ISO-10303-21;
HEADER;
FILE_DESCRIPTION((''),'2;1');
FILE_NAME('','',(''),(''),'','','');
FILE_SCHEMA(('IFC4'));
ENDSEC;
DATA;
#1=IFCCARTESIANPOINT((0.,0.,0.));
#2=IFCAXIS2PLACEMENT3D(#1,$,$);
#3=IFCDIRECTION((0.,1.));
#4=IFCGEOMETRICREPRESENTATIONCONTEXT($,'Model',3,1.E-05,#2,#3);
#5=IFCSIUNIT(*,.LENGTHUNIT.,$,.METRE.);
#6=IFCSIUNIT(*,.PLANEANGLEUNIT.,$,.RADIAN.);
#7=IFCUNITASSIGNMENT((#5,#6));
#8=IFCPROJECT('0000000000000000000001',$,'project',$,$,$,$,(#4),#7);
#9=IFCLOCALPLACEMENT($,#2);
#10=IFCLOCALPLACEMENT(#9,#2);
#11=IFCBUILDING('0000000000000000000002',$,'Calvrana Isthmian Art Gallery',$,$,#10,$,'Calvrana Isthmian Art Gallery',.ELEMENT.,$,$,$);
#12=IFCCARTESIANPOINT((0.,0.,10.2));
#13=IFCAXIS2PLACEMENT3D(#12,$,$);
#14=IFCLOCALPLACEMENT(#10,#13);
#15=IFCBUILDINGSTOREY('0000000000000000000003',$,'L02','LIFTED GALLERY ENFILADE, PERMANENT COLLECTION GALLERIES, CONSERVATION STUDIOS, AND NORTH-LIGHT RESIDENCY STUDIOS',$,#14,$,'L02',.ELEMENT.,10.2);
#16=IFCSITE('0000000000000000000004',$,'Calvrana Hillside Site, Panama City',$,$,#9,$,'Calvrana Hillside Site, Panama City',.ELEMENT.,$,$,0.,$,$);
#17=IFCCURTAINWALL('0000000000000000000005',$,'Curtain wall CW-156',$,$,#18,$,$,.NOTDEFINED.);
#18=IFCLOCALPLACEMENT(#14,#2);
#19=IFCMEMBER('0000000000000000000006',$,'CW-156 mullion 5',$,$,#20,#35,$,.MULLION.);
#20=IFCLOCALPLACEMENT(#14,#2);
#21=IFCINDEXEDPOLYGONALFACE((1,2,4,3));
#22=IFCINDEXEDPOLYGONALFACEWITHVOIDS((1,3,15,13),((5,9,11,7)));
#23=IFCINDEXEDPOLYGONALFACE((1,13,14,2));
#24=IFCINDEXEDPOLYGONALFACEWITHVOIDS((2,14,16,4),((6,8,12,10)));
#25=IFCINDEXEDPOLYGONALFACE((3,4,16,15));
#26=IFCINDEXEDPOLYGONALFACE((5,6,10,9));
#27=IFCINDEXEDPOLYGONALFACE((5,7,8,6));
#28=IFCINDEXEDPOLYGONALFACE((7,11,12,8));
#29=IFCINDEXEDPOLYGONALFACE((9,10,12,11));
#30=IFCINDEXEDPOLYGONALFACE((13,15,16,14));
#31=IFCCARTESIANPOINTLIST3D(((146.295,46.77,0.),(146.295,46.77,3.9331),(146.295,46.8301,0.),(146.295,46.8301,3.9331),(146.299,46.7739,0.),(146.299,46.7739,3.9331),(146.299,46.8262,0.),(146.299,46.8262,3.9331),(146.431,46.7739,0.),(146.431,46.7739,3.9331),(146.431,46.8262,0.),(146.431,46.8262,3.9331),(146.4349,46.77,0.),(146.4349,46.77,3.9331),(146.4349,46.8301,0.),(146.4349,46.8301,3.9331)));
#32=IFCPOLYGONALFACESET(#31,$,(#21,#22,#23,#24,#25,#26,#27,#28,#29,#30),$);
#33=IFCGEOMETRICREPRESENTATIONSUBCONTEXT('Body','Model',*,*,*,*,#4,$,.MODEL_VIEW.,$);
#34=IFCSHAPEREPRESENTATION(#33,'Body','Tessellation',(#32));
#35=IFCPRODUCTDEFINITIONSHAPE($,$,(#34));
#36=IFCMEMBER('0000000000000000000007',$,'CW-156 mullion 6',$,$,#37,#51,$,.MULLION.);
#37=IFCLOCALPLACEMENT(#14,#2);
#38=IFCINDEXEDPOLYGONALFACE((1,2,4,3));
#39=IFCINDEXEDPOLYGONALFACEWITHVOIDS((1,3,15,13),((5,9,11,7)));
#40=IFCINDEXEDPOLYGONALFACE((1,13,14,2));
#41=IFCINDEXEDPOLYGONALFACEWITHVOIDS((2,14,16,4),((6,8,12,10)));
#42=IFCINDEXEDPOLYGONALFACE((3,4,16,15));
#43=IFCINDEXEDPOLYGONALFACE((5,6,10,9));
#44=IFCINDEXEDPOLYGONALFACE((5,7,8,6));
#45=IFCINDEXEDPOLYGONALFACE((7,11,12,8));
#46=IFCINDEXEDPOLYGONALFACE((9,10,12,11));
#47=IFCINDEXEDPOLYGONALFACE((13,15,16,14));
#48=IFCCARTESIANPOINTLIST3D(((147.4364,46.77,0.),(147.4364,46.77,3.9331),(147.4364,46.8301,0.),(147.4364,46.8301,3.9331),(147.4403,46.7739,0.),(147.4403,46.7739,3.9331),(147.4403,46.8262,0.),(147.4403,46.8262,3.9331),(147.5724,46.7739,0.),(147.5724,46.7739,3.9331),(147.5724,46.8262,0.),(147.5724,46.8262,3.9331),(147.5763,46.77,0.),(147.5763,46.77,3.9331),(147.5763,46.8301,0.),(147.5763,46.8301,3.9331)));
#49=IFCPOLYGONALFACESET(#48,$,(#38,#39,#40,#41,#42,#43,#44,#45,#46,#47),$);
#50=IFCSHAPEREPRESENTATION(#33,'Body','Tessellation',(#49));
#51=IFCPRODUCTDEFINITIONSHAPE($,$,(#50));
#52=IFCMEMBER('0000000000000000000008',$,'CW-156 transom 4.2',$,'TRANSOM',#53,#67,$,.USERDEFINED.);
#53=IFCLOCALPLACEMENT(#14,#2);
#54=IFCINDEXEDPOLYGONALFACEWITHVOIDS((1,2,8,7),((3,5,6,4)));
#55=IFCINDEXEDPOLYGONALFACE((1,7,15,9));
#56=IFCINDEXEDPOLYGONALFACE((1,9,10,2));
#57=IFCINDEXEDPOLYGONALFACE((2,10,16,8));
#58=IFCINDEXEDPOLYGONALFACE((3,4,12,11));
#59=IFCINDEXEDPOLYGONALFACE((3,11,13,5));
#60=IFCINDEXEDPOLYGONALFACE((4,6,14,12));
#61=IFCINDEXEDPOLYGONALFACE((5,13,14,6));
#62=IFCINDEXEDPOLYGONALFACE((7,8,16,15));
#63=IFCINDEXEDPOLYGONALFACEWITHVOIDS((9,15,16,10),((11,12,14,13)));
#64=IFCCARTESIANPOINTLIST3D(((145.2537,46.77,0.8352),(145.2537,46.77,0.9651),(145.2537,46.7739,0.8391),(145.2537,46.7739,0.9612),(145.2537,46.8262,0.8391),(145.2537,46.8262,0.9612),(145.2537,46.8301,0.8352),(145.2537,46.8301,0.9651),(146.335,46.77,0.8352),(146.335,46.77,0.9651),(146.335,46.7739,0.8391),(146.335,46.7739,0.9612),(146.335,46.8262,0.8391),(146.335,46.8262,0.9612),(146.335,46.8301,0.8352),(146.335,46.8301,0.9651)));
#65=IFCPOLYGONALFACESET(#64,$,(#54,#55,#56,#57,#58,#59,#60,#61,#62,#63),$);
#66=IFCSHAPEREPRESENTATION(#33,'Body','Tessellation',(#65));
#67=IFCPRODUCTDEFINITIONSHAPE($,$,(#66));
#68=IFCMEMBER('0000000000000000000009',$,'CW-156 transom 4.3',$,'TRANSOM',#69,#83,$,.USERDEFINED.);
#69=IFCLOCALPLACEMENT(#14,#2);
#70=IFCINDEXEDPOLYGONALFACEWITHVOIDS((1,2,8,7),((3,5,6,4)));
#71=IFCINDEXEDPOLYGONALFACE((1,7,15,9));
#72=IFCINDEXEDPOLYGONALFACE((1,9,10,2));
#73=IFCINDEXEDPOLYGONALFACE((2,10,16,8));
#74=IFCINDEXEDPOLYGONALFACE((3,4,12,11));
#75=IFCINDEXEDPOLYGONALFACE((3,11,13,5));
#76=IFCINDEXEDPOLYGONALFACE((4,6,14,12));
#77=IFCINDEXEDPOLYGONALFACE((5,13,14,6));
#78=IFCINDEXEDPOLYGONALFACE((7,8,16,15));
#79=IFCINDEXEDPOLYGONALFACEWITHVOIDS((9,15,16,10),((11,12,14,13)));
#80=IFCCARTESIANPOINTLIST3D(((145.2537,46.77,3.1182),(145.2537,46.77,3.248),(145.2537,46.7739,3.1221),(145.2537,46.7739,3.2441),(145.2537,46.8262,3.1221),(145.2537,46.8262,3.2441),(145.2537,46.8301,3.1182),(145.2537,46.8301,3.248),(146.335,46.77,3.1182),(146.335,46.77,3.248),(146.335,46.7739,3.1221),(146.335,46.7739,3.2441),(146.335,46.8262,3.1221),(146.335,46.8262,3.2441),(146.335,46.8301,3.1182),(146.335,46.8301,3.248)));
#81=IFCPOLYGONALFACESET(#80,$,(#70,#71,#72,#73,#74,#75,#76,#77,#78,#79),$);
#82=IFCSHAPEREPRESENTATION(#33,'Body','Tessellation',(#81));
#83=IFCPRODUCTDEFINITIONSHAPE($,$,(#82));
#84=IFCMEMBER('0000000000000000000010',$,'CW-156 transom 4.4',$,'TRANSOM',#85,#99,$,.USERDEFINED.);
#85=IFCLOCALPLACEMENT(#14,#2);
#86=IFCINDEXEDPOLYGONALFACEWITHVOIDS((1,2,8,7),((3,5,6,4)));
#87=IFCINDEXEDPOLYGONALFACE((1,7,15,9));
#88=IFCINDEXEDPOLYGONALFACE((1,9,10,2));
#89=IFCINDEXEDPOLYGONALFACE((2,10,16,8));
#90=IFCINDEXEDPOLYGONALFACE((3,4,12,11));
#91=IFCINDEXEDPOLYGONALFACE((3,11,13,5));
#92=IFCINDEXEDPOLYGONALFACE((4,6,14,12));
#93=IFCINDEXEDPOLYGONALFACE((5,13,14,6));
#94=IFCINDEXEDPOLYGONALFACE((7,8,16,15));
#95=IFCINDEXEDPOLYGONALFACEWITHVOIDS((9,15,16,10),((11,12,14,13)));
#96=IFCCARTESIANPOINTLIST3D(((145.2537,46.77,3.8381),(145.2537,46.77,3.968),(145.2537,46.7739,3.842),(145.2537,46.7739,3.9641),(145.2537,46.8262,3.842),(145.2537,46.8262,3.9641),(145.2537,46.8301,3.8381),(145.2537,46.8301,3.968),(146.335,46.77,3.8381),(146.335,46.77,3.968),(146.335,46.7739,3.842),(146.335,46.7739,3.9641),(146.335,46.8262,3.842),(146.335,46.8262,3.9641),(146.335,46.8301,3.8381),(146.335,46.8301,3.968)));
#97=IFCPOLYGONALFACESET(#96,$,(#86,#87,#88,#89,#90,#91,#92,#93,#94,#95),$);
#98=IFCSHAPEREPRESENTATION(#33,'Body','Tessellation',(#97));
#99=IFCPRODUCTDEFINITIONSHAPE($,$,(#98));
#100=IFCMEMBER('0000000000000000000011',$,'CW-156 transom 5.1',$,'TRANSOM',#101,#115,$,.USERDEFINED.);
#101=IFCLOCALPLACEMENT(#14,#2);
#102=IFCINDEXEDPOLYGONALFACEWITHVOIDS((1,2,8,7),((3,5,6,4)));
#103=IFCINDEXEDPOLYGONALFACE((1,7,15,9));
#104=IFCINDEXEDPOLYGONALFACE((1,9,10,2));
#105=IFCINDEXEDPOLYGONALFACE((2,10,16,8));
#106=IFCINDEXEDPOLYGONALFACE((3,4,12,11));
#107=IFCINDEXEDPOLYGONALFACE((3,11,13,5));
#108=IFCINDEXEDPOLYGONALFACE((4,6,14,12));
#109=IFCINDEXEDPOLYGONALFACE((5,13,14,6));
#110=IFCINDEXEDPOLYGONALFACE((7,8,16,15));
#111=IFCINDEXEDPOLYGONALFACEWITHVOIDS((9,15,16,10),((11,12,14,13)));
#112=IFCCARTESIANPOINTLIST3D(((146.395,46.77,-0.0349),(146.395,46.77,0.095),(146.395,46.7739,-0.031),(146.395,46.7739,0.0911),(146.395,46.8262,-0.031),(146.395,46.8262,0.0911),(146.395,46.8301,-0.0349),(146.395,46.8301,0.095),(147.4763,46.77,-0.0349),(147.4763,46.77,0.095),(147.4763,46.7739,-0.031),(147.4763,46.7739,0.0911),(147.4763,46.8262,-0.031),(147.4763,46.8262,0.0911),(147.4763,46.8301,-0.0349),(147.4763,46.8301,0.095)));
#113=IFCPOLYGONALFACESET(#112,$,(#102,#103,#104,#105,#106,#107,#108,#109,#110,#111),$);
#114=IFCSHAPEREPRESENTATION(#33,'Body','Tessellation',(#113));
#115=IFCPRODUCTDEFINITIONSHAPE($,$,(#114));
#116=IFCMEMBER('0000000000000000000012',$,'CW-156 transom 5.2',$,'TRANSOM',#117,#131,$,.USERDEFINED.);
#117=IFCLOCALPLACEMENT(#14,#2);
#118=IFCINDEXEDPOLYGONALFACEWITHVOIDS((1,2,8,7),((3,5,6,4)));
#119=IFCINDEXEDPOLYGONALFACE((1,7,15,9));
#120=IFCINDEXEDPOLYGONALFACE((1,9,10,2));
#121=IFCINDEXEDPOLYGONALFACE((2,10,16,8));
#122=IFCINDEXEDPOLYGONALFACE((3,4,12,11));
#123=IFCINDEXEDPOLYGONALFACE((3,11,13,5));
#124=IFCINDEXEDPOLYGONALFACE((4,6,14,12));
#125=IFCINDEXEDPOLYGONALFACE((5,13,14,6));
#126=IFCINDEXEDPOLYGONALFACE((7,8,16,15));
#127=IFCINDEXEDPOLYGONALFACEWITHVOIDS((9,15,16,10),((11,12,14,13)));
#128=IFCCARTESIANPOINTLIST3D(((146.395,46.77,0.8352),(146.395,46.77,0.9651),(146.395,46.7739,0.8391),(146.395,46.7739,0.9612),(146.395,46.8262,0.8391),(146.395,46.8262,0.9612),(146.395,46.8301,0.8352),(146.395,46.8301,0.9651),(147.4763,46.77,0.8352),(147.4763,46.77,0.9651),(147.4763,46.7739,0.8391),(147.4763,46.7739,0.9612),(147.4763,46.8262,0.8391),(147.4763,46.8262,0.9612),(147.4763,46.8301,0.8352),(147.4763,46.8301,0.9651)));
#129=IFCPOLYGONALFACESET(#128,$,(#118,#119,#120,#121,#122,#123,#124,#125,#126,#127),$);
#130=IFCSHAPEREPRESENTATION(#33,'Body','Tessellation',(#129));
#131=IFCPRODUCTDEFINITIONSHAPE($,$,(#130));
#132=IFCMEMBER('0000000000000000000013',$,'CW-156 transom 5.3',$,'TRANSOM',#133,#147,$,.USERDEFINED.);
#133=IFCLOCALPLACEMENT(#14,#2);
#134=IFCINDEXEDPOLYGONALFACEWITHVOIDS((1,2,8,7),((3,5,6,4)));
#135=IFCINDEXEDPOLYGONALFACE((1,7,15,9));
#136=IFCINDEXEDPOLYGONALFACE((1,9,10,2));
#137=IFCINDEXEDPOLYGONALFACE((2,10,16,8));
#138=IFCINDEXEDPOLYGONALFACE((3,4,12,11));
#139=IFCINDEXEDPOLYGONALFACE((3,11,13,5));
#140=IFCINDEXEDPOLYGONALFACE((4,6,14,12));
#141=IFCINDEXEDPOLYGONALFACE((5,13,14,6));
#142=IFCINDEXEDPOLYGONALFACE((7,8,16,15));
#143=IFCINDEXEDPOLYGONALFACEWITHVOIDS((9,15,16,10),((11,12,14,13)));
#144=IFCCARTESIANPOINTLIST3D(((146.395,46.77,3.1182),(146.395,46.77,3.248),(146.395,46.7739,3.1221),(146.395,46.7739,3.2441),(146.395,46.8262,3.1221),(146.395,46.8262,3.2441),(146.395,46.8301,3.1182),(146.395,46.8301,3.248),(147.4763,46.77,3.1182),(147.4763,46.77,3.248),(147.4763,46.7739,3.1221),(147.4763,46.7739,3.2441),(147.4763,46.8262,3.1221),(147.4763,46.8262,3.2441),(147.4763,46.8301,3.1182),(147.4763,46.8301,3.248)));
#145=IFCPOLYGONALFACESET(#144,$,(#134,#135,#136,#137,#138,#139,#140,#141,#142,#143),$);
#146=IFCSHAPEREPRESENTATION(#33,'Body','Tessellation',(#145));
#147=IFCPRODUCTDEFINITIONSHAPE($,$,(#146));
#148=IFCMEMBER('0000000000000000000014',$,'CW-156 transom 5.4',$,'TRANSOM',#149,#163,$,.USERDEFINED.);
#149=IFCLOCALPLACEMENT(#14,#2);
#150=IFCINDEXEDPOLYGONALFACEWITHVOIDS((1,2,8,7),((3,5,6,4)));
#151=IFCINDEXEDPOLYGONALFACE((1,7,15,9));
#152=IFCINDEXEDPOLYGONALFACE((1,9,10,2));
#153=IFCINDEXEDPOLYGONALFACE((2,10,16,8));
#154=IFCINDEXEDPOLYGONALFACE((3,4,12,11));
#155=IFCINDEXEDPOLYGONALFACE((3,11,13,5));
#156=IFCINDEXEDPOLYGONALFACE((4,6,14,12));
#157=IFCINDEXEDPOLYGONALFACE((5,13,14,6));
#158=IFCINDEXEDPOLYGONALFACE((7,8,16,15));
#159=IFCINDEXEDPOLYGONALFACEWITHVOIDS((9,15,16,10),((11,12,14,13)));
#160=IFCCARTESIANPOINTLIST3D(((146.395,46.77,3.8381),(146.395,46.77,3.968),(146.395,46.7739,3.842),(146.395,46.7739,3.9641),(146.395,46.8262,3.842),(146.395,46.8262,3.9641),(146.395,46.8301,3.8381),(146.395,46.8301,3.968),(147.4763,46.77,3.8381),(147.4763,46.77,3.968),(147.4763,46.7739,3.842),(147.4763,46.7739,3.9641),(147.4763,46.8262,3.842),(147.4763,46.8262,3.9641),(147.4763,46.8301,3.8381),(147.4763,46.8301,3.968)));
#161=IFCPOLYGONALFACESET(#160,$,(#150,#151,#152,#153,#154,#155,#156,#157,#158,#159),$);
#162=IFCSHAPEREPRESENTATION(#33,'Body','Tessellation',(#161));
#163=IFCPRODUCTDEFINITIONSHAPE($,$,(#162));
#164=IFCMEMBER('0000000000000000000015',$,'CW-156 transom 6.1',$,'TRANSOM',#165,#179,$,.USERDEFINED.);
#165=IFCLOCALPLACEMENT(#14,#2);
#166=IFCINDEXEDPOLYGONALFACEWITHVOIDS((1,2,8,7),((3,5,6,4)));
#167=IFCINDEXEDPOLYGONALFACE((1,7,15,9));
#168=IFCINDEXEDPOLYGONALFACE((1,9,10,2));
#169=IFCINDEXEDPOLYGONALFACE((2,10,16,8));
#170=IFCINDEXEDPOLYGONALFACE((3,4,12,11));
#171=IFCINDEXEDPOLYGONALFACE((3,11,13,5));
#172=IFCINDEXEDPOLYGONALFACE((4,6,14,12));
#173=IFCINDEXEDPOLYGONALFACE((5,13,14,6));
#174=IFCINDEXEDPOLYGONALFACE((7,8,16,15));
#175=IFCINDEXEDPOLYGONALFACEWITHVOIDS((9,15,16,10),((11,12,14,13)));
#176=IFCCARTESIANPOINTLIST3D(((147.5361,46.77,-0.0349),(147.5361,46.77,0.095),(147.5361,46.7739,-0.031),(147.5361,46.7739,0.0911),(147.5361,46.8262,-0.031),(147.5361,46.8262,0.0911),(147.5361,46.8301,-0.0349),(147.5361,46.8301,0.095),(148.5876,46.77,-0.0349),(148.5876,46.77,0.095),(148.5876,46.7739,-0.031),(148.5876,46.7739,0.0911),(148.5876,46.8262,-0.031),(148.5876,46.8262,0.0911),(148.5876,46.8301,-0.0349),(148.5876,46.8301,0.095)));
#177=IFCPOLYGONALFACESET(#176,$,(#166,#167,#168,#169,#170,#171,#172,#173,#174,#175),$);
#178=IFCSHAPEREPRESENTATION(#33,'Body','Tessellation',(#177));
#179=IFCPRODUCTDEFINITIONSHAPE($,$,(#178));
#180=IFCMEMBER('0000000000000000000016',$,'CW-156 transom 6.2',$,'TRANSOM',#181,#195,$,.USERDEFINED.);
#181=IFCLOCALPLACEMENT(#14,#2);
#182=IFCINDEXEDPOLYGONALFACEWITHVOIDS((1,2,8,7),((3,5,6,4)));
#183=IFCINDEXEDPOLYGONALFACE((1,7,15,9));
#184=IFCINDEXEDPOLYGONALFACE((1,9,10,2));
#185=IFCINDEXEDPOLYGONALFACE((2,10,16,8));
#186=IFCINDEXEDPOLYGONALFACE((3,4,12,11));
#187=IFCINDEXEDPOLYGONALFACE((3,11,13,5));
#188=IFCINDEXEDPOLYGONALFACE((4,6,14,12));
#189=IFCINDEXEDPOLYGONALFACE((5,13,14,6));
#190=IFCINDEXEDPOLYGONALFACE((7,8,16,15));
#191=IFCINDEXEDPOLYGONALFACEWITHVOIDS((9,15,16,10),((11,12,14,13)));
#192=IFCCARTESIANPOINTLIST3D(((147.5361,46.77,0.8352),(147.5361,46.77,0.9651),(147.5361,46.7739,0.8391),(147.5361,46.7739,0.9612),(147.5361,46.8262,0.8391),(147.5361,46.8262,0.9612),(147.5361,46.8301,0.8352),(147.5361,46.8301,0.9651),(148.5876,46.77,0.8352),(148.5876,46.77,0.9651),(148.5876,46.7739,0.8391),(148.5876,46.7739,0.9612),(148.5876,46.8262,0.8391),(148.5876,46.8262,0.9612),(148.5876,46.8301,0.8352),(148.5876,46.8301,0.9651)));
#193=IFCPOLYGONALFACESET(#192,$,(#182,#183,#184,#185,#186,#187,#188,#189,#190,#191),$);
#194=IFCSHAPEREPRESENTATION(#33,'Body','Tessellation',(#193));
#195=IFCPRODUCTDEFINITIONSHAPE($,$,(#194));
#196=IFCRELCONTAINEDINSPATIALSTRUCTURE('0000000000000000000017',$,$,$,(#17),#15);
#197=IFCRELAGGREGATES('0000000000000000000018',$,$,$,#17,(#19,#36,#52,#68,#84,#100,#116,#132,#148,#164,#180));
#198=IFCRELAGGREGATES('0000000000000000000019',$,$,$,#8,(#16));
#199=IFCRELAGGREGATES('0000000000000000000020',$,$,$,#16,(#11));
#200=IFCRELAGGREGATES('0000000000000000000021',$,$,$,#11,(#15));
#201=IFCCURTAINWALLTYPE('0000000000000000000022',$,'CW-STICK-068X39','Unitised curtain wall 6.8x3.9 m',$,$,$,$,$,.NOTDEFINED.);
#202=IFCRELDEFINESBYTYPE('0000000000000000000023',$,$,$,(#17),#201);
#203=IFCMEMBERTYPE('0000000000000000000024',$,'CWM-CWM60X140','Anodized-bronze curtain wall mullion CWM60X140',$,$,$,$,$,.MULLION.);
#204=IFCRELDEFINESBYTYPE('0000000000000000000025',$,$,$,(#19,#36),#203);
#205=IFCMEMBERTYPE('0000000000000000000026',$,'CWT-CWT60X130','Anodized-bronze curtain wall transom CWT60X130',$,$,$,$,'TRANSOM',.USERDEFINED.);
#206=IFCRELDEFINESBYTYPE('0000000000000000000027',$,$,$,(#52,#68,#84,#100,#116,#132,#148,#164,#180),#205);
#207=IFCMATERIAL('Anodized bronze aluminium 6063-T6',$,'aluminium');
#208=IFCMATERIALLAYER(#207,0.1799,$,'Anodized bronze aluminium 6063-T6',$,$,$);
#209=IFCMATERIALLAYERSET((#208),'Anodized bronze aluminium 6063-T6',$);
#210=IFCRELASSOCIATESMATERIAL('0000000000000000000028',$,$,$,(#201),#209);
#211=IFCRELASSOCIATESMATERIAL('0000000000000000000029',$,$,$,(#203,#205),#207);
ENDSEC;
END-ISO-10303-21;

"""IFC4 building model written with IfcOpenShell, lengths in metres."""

from ifc_helpers import new_model, si_unit, direction, frame, origin, origin_2d, place, context, subcontext, project, spatial, hollow_rectangle, extrude, material, layer, layer_set, material_profile, profile_set, type_object, element, aggregate, save


model = new_model("IFC4")

# Units and contexts
model_context = context("Model", 3, precision=1e-05, world=origin(), true_north=direction((0.0, 1.0)))
body_context = subcontext(model_context, "Body", "Model", "MODEL_VIEW")
ifc_project = project(units=[si_unit("LENGTHUNIT", "METRE"), si_unit("PLANEANGLEUNIT", "RADIAN")], contexts=[model_context])

# Site, building, storey
site_placement = place(None, origin())
site = spatial("IfcSite", under=ifc_project, at=site_placement, Name="Calvrana Hillside Site, Panama City", LongName="Calvrana Hillside Site, Panama City", CompositionType="ELEMENT", RefElevation=0.0)
building_placement = place(site_placement, origin())
building = spatial("IfcBuilding", under=site, at=building_placement, Name="Calvrana Isthmian Art Gallery", LongName="Calvrana Isthmian Art Gallery", CompositionType="ELEMENT")
storey_placement = place(building_placement, frame((0.0, 0.0, 10.2)))
storey = spatial("IfcBuildingStorey", under=building, at=storey_placement, Name="L02", Description="LIFTED GALLERY ENFILADE, PERMANENT COLLECTION GALLERIES, CONSERVATION STUDIOS, AND NORTH-LIGHT RESIDENCY STUDIOS", LongName="L02", CompositionType="ELEMENT", Elevation=10.2)

# Curtain wall, members
ifc_material_1 = material(Name="Anodized bronze aluminium 6063-T6", Category="aluminium")
ifc_layer_1 = layer(ifc_material_1, 0.1799, Name="Anodized bronze aluminium 6063-T6")
ifc_layer_set_1 = layer_set([ifc_layer_1], Name="Anodized bronze aluminium 6063-T6")
curtain_wall_type = type_object("IfcCurtainWallType", Name="CW-STICK-068X39", Description="Unitised curtain wall 6.8x3.9 m", PredefinedType="NOTDEFINED", material=ifc_layer_set_1)
curtain_wall_placement = place(storey_placement, origin())
curtain_wall = element("IfcCurtainWall", 1, at=curtain_wall_placement, inside=storey, type_object=curtain_wall_type, Name="Curtain wall CW-156", PredefinedType="NOTDEFINED")
ifc_material_profile_1 = material_profile(ifc_material_1, hollow_rectangle(XDim=0.0601, YDim=0.1399, WallThickness=0.0039, at=origin_2d()), Name="CWM60X140")
ifc_profile_set_1 = profile_set([ifc_material_profile_1], Name="Anodized bronze aluminium 6063-T6")
member_type_1 = type_object("IfcMemberType", Name="CWM-CWM60X140", Description="Anodized-bronze curtain wall mullion CWM60X140", PredefinedType="MULLION", material=ifc_profile_set_1)
member_1_placement = place(storey_placement, frame((146.365, 46.8, 0.0), z_axis=(0.0, 0.0, 1.0), x_axis=(0.0, 1.0, 0.0)))
member_1 = element("IfcMember", 2, at=member_1_placement, type_object=member_type_1, Name="CW-156 mullion 5", PredefinedType="MULLION", context=body_context, shape_type="SweptSolid", body=[
    extrude(hollow_rectangle(XDim=0.0601, YDim=0.1399, WallThickness=0.0039, at=origin_2d()), origin(), (0.0, 0.0, 1.0), 3.9331),
])
member_2_placement = place(storey_placement, frame((147.5063, 46.8, 0.0), z_axis=(0.0, 0.0, 1.0), x_axis=(0.0, 1.0, 0.0)))
member_2 = element("IfcMember", 3, at=member_2_placement, type_object=member_type_1, Name="CW-156 mullion 6", PredefinedType="MULLION", context=body_context, shape_type="SweptSolid", body=[
    extrude(hollow_rectangle(XDim=0.0601, YDim=0.1399, WallThickness=0.0039, at=origin_2d()), origin(), (0.0, 0.0, 1.0), 3.9331),
])
ifc_material_profile_2 = material_profile(ifc_material_1, hollow_rectangle(XDim=0.0601, YDim=0.1299, WallThickness=0.0039, at=origin_2d()), Name="CWT60X130")
ifc_profile_set_2 = profile_set([ifc_material_profile_2], Name="Anodized bronze aluminium 6063-T6")
member_type_2 = type_object("IfcMemberType", Name="CWT-CWT60X130", Description="Anodized-bronze curtain wall transom CWT60X130", ElementType="TRANSOM", PredefinedType="USERDEFINED", material=ifc_profile_set_2)
member_3_placement = place(storey_placement, frame((145.2537, 46.8, 0.9001), z_axis=(1.0, 0.0, 0.0), x_axis=(0.0, 1.0, 0.0)))
member_3 = element("IfcMember", 4, at=member_3_placement, type_object=member_type_2, Name="CW-156 transom 4.2", ObjectType="TRANSOM", PredefinedType="USERDEFINED", context=body_context, shape_type="SweptSolid", body=[
    extrude(hollow_rectangle(XDim=0.0601, YDim=0.1299, WallThickness=0.0039, at=origin_2d()), origin(), (0.0, 0.0, 1.0), 1.0813),
])
member_4_placement = place(storey_placement, frame((145.2537, 46.8, 3.1831), z_axis=(1.0, 0.0, 0.0), x_axis=(0.0, 1.0, 0.0)))
member_4 = element("IfcMember", 5, at=member_4_placement, type_object=member_type_2, Name="CW-156 transom 4.3", ObjectType="TRANSOM", PredefinedType="USERDEFINED", context=body_context, shape_type="SweptSolid", body=[
    extrude(hollow_rectangle(XDim=0.0601, YDim=0.1299, WallThickness=0.0039, at=origin_2d()), origin(), (0.0, 0.0, 1.0), 1.0813),
])
member_5_placement = place(storey_placement, frame((145.2537, 46.8, 3.9031), z_axis=(1.0, 0.0, 0.0), x_axis=(0.0, 1.0, 0.0)))
member_5 = element("IfcMember", 6, at=member_5_placement, type_object=member_type_2, Name="CW-156 transom 4.4", ObjectType="TRANSOM", PredefinedType="USERDEFINED", context=body_context, shape_type="SweptSolid", body=[
    extrude(hollow_rectangle(XDim=0.0601, YDim=0.1299, WallThickness=0.0039, at=origin_2d()), origin(), (0.0, 0.0, 1.0), 1.0813),
])
member_6_placement = place(storey_placement, frame((146.395, 46.8, 0.03), z_axis=(1.0, 0.0, 0.0), x_axis=(0.0, 1.0, 0.0)))
member_6 = element("IfcMember", 7, at=member_6_placement, type_object=member_type_2, Name="CW-156 transom 5.1", ObjectType="TRANSOM", PredefinedType="USERDEFINED", context=body_context, shape_type="SweptSolid", body=[
    extrude(hollow_rectangle(XDim=0.0601, YDim=0.1299, WallThickness=0.0039, at=origin_2d()), origin(), (0.0, 0.0, 1.0), 1.0813),
])
member_7_placement = place(storey_placement, frame((146.395, 46.8, 0.9001), z_axis=(1.0, 0.0, 0.0), x_axis=(0.0, 1.0, 0.0)))
member_7 = element("IfcMember", 8, at=member_7_placement, type_object=member_type_2, Name="CW-156 transom 5.2", ObjectType="TRANSOM", PredefinedType="USERDEFINED", context=body_context, shape_type="SweptSolid", body=[
    extrude(hollow_rectangle(XDim=0.0601, YDim=0.1299, WallThickness=0.0039, at=origin_2d()), origin(), (0.0, 0.0, 1.0), 1.0813),
])
member_8_placement = place(storey_placement, frame((146.395, 46.8, 3.1831), z_axis=(1.0, 0.0, 0.0), x_axis=(0.0, 1.0, 0.0)))
member_8 = element("IfcMember", 9, at=member_8_placement, type_object=member_type_2, Name="CW-156 transom 5.3", ObjectType="TRANSOM", PredefinedType="USERDEFINED", context=body_context, shape_type="SweptSolid", body=[
    extrude(hollow_rectangle(XDim=0.0601, YDim=0.1299, WallThickness=0.0039, at=origin_2d()), origin(), (0.0, 0.0, 1.0), 1.0813),
])
member_9_placement = place(storey_placement, frame((146.395, 46.8, 3.9031), z_axis=(1.0, 0.0, 0.0), x_axis=(0.0, 1.0, 0.0)))
member_9 = element("IfcMember", 10, at=member_9_placement, type_object=member_type_2, Name="CW-156 transom 5.4", ObjectType="TRANSOM", PredefinedType="USERDEFINED", context=body_context, shape_type="SweptSolid", body=[
    extrude(hollow_rectangle(XDim=0.0601, YDim=0.1299, WallThickness=0.0039, at=origin_2d()), origin(), (0.0, 0.0, 1.0), 1.0813),
])
member_10_placement = place(storey_placement, frame((147.5361, 46.8, 0.03), z_axis=(1.0, 0.0, 0.0), x_axis=(0.0, 1.0, 0.0)))
member_10 = element("IfcMember", 11, at=member_10_placement, type_object=member_type_2, Name="CW-156 transom 6.1", ObjectType="TRANSOM", PredefinedType="USERDEFINED", context=body_context, shape_type="SweptSolid", body=[
    extrude(hollow_rectangle(XDim=0.0601, YDim=0.1299, WallThickness=0.0039, at=origin_2d()), origin(), (0.0, 0.0, 1.0), 1.0515),
])
member_11_placement = place(storey_placement, frame((147.5361, 46.8, 0.9001), z_axis=(1.0, 0.0, 0.0), x_axis=(0.0, 1.0, 0.0)))
member_11 = element("IfcMember", 12, at=member_11_placement, type_object=member_type_2, Name="CW-156 transom 6.2", ObjectType="TRANSOM", PredefinedType="USERDEFINED", context=body_context, shape_type="SweptSolid", body=[
    extrude(hollow_rectangle(XDim=0.0601, YDim=0.1299, WallThickness=0.0039, at=origin_2d()), origin(), (0.0, 0.0, 1.0), 1.0515),
])
aggregate(curtain_wall, [member_1, member_2, member_3, member_4, member_5, member_6, member_7, member_8, member_9, member_10, member_11])

save(model, "model.ifc")
